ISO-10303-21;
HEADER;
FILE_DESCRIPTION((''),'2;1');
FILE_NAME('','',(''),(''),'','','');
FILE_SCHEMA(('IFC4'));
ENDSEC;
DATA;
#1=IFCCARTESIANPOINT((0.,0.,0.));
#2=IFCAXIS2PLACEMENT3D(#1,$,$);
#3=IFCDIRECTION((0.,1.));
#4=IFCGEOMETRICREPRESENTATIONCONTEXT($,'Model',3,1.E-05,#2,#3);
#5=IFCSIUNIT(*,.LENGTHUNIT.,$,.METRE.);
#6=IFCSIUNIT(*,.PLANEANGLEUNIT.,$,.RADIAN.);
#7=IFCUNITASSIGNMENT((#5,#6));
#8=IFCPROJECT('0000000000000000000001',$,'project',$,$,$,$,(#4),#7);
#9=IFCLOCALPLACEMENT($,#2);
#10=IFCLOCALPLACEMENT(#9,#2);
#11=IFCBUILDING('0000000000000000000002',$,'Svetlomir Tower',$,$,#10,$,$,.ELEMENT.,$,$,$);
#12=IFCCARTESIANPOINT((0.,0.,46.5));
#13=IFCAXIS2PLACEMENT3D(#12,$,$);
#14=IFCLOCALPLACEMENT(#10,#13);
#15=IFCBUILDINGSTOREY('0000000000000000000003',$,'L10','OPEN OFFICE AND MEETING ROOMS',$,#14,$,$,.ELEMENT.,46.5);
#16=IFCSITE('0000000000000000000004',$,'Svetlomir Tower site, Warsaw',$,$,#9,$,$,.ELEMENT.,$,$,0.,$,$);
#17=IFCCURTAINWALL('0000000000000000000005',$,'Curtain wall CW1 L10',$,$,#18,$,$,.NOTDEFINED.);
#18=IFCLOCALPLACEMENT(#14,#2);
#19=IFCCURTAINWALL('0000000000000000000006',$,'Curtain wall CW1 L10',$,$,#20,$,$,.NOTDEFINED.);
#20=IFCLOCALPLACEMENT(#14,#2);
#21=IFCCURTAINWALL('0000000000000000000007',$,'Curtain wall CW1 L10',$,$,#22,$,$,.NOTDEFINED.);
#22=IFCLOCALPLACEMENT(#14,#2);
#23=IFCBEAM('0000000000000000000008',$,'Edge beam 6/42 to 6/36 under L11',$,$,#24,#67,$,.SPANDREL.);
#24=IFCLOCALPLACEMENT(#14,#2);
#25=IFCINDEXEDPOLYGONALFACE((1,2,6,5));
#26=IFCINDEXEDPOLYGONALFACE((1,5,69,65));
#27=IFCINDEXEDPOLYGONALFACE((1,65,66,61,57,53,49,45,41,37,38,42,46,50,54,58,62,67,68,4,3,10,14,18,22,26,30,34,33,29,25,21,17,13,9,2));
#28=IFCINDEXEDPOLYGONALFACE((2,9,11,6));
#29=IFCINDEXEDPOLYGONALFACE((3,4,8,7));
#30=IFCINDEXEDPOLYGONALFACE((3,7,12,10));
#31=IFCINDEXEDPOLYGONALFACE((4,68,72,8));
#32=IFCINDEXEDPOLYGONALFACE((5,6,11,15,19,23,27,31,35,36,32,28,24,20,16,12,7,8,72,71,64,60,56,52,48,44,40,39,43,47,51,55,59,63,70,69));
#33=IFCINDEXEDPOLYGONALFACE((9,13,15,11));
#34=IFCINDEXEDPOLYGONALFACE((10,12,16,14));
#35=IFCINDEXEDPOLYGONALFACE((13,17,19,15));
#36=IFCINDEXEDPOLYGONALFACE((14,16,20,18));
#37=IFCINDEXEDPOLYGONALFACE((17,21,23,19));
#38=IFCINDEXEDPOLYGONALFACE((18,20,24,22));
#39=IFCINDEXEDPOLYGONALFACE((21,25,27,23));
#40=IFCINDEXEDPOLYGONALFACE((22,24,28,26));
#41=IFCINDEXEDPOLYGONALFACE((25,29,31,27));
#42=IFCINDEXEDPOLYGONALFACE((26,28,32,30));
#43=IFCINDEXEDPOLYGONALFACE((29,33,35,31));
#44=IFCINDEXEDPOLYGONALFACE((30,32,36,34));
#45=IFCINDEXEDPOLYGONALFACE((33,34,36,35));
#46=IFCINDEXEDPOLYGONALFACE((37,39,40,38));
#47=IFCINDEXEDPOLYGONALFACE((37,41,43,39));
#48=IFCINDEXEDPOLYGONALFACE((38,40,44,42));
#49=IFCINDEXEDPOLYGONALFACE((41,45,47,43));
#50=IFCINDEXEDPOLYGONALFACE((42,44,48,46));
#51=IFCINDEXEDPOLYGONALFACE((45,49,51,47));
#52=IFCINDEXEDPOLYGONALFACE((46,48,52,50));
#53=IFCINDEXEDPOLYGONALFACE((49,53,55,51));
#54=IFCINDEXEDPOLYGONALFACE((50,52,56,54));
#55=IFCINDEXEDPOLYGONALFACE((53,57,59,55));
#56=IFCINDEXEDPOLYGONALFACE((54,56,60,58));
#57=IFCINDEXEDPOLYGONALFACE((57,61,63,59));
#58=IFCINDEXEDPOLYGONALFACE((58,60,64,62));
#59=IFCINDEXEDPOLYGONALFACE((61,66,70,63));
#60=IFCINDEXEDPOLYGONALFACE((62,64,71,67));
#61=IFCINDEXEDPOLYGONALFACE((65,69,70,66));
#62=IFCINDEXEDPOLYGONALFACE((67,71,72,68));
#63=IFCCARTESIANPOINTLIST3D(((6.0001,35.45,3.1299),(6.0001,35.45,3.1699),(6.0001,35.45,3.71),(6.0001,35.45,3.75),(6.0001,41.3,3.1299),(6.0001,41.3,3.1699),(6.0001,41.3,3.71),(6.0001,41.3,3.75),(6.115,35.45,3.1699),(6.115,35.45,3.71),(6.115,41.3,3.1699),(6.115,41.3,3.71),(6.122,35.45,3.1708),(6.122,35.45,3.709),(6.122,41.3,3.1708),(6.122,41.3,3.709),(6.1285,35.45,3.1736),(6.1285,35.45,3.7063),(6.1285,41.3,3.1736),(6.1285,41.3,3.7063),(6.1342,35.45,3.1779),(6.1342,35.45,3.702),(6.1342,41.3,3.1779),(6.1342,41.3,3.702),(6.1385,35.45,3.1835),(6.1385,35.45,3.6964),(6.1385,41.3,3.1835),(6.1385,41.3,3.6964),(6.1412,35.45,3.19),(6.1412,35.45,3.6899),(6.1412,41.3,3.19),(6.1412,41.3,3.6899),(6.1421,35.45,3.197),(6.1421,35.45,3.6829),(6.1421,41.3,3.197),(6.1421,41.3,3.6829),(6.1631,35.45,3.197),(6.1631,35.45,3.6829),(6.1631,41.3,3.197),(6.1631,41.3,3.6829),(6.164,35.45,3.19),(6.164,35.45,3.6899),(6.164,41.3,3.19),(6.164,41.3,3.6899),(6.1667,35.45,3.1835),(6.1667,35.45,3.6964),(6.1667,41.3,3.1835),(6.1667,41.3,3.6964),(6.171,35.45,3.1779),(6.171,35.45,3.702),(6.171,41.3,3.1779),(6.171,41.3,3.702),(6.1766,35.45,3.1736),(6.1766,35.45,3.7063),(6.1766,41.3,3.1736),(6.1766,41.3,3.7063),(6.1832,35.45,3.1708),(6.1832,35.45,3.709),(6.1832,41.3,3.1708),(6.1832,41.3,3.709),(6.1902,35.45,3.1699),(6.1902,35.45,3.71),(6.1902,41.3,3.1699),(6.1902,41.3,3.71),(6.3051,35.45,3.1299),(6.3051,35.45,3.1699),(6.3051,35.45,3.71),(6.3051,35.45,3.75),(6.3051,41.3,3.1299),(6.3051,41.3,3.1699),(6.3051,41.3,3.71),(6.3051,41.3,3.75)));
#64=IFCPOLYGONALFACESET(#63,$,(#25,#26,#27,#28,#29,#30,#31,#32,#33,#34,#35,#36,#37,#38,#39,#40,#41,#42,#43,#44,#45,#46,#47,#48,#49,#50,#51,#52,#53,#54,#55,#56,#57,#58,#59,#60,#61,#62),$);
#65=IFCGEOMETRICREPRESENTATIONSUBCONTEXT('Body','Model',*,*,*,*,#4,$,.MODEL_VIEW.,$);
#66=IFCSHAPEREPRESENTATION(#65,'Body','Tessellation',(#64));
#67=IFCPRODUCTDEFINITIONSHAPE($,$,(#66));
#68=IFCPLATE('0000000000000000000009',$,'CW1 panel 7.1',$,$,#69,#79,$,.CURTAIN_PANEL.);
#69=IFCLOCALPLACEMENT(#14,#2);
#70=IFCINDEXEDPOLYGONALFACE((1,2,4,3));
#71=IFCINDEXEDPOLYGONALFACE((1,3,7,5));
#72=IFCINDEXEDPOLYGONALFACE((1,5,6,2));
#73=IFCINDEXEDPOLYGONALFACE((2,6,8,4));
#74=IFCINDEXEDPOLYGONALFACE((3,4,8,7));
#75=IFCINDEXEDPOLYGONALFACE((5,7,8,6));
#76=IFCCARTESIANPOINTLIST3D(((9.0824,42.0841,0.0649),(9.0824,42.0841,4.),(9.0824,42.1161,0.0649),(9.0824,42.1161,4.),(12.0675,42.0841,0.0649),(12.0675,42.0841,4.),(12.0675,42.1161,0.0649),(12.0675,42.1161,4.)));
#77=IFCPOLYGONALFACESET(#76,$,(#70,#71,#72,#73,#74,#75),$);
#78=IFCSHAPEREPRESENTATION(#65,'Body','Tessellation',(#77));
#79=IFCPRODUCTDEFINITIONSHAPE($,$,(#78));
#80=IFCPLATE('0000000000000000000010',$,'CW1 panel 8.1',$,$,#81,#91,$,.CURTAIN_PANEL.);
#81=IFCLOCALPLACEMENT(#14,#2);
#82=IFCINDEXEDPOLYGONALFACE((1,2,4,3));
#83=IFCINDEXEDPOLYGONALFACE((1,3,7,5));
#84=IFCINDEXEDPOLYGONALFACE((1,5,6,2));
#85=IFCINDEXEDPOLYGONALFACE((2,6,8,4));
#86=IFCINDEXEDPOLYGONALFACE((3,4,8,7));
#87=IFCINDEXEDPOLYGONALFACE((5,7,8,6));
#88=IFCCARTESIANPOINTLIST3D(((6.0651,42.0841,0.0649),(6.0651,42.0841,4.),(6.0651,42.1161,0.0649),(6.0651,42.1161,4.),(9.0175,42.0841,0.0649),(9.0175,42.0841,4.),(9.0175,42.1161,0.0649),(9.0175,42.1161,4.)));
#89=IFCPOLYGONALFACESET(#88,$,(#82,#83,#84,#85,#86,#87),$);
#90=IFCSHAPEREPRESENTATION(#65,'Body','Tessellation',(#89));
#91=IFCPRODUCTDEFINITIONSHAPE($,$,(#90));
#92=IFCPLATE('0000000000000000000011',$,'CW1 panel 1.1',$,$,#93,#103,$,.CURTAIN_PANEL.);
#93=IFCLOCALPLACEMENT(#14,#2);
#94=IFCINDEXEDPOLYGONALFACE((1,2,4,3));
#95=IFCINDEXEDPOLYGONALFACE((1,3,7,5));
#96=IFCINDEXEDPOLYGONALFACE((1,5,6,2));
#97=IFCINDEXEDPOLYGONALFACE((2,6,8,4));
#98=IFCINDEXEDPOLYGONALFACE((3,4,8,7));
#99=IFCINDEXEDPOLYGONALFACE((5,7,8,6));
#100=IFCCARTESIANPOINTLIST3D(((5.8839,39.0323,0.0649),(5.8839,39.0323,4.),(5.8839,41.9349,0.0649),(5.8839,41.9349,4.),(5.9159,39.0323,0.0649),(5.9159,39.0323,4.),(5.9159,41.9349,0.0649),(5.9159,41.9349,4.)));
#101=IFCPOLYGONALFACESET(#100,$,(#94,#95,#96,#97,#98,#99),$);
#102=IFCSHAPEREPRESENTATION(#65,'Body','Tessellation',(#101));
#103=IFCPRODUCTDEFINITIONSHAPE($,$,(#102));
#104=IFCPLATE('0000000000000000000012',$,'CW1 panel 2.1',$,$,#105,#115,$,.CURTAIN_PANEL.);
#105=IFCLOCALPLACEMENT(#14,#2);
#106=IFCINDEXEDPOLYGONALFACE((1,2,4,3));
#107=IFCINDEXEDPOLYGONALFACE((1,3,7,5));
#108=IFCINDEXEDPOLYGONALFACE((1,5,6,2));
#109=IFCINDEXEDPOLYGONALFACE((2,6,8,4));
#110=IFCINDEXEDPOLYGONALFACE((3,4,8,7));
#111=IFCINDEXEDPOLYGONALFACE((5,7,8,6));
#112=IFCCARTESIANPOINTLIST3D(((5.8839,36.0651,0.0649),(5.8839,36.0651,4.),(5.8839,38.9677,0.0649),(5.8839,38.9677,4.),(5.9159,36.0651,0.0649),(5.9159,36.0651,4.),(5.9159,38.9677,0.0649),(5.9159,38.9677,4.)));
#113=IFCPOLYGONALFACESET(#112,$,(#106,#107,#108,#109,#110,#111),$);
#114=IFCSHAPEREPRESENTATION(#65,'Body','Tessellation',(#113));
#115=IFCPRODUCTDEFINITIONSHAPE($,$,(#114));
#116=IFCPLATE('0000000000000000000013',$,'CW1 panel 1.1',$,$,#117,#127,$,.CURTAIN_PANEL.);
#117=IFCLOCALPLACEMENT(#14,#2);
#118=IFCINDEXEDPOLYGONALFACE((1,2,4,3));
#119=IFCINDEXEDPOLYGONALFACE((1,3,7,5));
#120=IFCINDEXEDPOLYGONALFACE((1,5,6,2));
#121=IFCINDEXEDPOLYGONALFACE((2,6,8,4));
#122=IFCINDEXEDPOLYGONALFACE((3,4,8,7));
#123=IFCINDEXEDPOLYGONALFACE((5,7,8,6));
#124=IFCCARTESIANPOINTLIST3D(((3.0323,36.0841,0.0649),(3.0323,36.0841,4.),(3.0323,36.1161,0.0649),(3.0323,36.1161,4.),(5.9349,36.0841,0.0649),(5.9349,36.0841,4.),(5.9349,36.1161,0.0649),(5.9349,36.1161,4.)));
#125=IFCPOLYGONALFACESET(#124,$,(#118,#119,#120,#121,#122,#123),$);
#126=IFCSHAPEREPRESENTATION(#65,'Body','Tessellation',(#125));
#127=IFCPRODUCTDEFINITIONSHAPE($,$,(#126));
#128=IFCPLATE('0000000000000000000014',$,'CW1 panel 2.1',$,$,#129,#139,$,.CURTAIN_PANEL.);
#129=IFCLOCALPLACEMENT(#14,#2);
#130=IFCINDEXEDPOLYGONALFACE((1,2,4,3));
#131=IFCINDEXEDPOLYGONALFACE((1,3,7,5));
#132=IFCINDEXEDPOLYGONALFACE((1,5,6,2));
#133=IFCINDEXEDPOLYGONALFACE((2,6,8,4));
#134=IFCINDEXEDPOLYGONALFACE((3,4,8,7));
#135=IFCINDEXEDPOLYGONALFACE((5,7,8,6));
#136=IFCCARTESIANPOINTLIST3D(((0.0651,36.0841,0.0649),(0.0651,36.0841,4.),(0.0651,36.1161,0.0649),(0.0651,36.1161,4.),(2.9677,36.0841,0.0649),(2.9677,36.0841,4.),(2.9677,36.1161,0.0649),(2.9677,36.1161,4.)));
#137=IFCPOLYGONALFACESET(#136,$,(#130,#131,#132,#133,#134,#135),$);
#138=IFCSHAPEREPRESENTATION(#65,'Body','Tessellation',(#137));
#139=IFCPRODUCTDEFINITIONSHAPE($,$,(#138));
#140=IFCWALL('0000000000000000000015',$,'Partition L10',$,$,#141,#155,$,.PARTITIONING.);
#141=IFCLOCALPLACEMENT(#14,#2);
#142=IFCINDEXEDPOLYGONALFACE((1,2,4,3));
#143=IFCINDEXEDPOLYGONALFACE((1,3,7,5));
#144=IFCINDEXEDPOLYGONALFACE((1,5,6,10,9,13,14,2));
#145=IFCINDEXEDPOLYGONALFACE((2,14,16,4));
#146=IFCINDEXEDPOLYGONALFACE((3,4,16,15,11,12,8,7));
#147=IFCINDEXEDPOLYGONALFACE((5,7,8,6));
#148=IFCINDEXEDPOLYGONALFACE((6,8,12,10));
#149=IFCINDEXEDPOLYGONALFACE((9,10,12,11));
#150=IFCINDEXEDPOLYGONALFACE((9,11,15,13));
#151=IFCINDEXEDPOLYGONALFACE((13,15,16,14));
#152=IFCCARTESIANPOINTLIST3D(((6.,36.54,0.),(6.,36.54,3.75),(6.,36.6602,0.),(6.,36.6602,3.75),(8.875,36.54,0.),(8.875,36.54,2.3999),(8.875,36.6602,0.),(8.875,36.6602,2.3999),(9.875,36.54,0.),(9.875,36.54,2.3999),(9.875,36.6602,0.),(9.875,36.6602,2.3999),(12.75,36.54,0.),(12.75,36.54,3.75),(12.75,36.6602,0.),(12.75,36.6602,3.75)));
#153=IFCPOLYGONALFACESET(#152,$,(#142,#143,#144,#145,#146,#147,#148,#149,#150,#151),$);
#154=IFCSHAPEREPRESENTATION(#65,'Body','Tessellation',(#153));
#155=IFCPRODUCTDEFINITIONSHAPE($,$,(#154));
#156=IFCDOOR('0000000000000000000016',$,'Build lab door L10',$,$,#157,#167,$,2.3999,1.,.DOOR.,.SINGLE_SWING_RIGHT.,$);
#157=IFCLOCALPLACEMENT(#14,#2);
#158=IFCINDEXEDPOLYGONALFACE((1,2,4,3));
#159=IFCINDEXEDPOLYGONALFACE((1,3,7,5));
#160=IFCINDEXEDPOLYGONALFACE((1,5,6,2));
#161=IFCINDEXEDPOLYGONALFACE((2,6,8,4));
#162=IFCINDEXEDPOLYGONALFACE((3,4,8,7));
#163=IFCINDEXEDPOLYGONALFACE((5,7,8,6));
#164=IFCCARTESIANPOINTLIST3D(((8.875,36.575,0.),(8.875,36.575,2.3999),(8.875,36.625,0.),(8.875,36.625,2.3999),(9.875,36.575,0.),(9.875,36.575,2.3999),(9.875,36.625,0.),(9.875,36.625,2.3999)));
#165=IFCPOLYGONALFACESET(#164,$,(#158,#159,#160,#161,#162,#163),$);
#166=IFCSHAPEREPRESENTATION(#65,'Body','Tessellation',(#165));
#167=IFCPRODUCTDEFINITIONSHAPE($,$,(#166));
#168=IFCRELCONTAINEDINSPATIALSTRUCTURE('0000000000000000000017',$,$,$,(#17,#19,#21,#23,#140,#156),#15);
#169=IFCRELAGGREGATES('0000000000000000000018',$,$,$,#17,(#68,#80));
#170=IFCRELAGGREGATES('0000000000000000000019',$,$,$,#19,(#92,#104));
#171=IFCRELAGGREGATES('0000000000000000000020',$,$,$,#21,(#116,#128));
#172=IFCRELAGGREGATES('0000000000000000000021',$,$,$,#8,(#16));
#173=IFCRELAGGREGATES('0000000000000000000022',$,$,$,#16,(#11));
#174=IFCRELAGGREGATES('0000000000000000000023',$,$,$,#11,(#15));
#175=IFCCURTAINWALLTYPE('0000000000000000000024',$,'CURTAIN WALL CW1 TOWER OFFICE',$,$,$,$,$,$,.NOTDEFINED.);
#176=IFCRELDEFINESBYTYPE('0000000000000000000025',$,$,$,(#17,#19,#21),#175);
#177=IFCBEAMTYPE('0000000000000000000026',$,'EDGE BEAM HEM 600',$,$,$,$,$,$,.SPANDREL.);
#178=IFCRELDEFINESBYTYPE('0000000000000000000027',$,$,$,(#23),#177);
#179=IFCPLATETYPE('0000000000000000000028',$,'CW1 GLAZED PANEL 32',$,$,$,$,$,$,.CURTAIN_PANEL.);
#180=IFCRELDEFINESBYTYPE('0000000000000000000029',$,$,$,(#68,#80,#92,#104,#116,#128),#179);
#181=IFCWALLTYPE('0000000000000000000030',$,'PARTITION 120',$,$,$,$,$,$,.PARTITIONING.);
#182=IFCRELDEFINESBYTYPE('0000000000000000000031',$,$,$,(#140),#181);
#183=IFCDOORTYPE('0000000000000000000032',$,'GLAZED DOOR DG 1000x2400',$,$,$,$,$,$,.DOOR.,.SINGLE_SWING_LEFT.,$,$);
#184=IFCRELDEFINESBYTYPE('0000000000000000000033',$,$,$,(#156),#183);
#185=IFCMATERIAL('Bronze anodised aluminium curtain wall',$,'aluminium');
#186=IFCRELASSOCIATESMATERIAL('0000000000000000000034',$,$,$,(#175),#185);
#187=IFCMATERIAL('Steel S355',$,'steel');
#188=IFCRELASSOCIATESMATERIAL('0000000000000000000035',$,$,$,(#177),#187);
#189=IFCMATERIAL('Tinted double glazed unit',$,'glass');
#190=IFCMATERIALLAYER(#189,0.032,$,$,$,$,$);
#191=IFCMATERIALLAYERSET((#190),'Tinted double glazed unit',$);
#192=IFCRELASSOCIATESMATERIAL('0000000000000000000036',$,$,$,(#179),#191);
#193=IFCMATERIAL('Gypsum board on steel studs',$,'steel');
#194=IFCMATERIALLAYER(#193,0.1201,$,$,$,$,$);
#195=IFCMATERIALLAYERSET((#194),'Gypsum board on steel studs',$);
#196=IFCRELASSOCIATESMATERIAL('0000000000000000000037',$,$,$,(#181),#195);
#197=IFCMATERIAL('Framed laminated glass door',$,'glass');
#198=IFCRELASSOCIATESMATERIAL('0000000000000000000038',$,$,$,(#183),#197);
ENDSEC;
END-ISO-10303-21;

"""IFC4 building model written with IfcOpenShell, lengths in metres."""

from ifc_helpers import new_model, si_unit, direction, frame, frame_2d, origin, origin_2d, place, context, subcontext, project, spatial, rectangle, i_section, extrude, material, layer, layer_set, material_profile, profile_set, type_object, element, fill, aggregate, save


model = new_model("IFC4")

# Units and contexts
model_context = context("Model", 3, precision=1e-05, world=origin(), true_north=direction((0.0, 1.0)))
body_context = subcontext(model_context, "Body", "Model", "MODEL_VIEW")
ifc_project = project(units=[si_unit("LENGTHUNIT", "METRE"), si_unit("PLANEANGLEUNIT", "RADIAN")], contexts=[model_context])

# Site, building, storey
site_placement = place(None, origin())
site = spatial("IfcSite", under=ifc_project, at=site_placement, Name="Svetlomir Tower site, Warsaw", CompositionType="ELEMENT", RefElevation=0.0)
building_placement = place(site_placement, origin())
building = spatial("IfcBuilding", under=site, at=building_placement, Name="Svetlomir Tower", CompositionType="ELEMENT")
storey_placement = place(building_placement, frame((0.0, 0.0, 46.5)))
storey = spatial("IfcBuildingStorey", under=building, at=storey_placement, Name="L10", Description="OPEN OFFICE AND MEETING ROOMS", CompositionType="ELEMENT", Elevation=46.5)

# Curtain walls
ifc_material_1 = material(Name="Bronze anodised aluminium curtain wall", Category="aluminium")
curtain_wall_type = type_object("IfcCurtainWallType", Name="CURTAIN WALL CW1 TOWER OFFICE", PredefinedType="NOTDEFINED", material=ifc_material_1)
curtain_wall_1_placement = place(storey_placement, origin())
curtain_wall_1 = element("IfcCurtainWall", 1, at=curtain_wall_1_placement, inside=storey, type_object=curtain_wall_type, Name="Curtain wall CW1 L10", PredefinedType="NOTDEFINED")
curtain_wall_2_placement = place(storey_placement, origin())
curtain_wall_2 = element("IfcCurtainWall", 2, at=curtain_wall_2_placement, inside=storey, type_object=curtain_wall_type, Name="Curtain wall CW1 L10", PredefinedType="NOTDEFINED")
curtain_wall_3_placement = place(storey_placement, origin())
curtain_wall_3 = element("IfcCurtainWall", 3, at=curtain_wall_3_placement, inside=storey, type_object=curtain_wall_type, Name="Curtain wall CW1 L10", PredefinedType="NOTDEFINED")

# Beam
ifc_material_2 = material(Name="Steel S355", Category="steel")
ifc_material_profile_1 = material_profile(ifc_material_2, i_section(OverallWidth=0.3049, OverallDepth=0.6201, WebThickness=0.021, FlangeThickness=0.04, FilletRadius=0.0271, at=origin_2d()), Name="HEM 600")
ifc_profile_set_1 = profile_set([ifc_material_profile_1], Name="Steel S355")
beam_type = type_object("IfcBeamType", Name="EDGE BEAM HEM 600", PredefinedType="SPANDREL", material=ifc_profile_set_1)
beam_1_placement = place(storey_placement, frame((6.1526, 41.3, 3.4399), z_axis=(0.0, -1.0, 0.0), x_axis=(1.0, 0.0, 0.0)))
element("IfcBeam", 4, at=beam_1_placement, inside=storey, type_object=beam_type, Name="Edge beam 6/42 to 6/36 under L11", PredefinedType="SPANDREL", context=body_context, shape_type="SweptSolid", body=[
    extrude(i_section(OverallWidth=0.3049, OverallDepth=0.6201, WebThickness=0.021, FlangeThickness=0.04, FilletRadius=0.0271, at=origin_2d()), origin(), (0.0, 0.0, 1.0), 5.8501),
])

# Plates
ifc_material_3 = material(Name="Tinted double glazed unit", Category="glass")
ifc_layer_1 = layer(ifc_material_3, 0.032)
ifc_layer_set_1 = layer_set([ifc_layer_1], Name="Tinted double glazed unit")
plate_type = type_object("IfcPlateType", Name="CW1 GLAZED PANEL 32", PredefinedType="CURTAIN_PANEL", material=ifc_layer_set_1)
plate_1_placement = place(storey_placement, frame((10.575, 42.1001, 0.0649), z_axis=(0.0, 0.0, 1.0), x_axis=(-1.0, 0.0, 0.0)))
plate_1 = element("IfcPlate", 5, at=plate_1_placement, type_object=plate_type, Name="CW1 panel 7.1", PredefinedType="CURTAIN_PANEL", context=body_context, shape_type="SweptSolid", body=[
    extrude(rectangle(XDim=2.9851, YDim=0.032, at=origin_2d()), origin(), (0.0, 0.0, 1.0), 3.9351),
])
plate_2_placement = place(storey_placement, frame((7.5413, 42.1001, 0.0649), z_axis=(0.0, 0.0, 1.0), x_axis=(-1.0, 0.0, 0.0)))
plate_2 = element("IfcPlate", 6, at=plate_2_placement, type_object=plate_type, Name="CW1 panel 8.1", PredefinedType="CURTAIN_PANEL", context=body_context, shape_type="SweptSolid", body=[
    extrude(rectangle(XDim=2.9524, YDim=0.032, at=origin_2d()), origin(), (0.0, 0.0, 1.0), 3.9351),
])
aggregate(curtain_wall_1, [plate_1, plate_2])
plate_3_placement = place(storey_placement, frame((5.8999, 40.4836, 0.0649), z_axis=(0.0, 0.0, 1.0), x_axis=(0.0, -1.0, 0.0)))
plate_3 = element("IfcPlate", 7, at=plate_3_placement, type_object=plate_type, Name="CW1 panel 1.1", PredefinedType="CURTAIN_PANEL", context=body_context, shape_type="SweptSolid", body=[
    extrude(rectangle(XDim=2.9026, YDim=0.032, at=origin_2d()), origin(), (0.0, 0.0, 1.0), 3.9351),
])
plate_4_placement = place(storey_placement, frame((5.8999, 37.5164, 0.0649), z_axis=(0.0, 0.0, 1.0), x_axis=(0.0, -1.0, 0.0)))
plate_4 = element("IfcPlate", 8, at=plate_4_placement, type_object=plate_type, Name="CW1 panel 2.1", PredefinedType="CURTAIN_PANEL", context=body_context, shape_type="SweptSolid", body=[
    extrude(rectangle(XDim=2.9026, YDim=0.032, at=origin_2d()), origin(), (0.0, 0.0, 1.0), 3.9351),
])
aggregate(curtain_wall_2, [plate_3, plate_4])
plate_5_placement = place(storey_placement, frame((4.4836, 36.1001, 0.0649), z_axis=(0.0, 0.0, 1.0), x_axis=(-1.0, 0.0, 0.0)))
plate_5 = element("IfcPlate", 9, at=plate_5_placement, type_object=plate_type, Name="CW1 panel 1.1", PredefinedType="CURTAIN_PANEL", context=body_context, shape_type="SweptSolid", body=[
    extrude(rectangle(XDim=2.9026, YDim=0.032, at=origin_2d()), origin(), (0.0, 0.0, 1.0), 3.9351),
])
plate_6_placement = place(storey_placement, frame((1.5164, 36.1001, 0.0649), z_axis=(0.0, 0.0, 1.0), x_axis=(-1.0, 0.0, 0.0)))
plate_6 = element("IfcPlate", 10, at=plate_6_placement, type_object=plate_type, Name="CW1 panel 2.1", PredefinedType="CURTAIN_PANEL", context=body_context, shape_type="SweptSolid", body=[
    extrude(rectangle(XDim=2.9026, YDim=0.032, at=origin_2d()), origin(), (0.0, 0.0, 1.0), 3.9351),
])
aggregate(curtain_wall_3, [plate_5, plate_6])

# Wall, opening, door
ifc_material_4 = material(Name="Gypsum board on steel studs", Category="steel")
ifc_layer_2 = layer(ifc_material_4, 0.1201)
ifc_layer_set_2 = layer_set([ifc_layer_2], Name="Gypsum board on steel studs")
wall_type = type_object("IfcWallType", Name="PARTITION 120", PredefinedType="PARTITIONING", material=ifc_layer_set_2)
wall_placement = place(storey_placement, frame((6.0, 36.6001, 0.0), z_axis=(0.0, 0.0, 1.0), x_axis=(1.0, 0.0, 0.0)))
wall = element("IfcWall", 11, at=wall_placement, inside=storey, type_object=wall_type, Name="Partition L10", PredefinedType="PARTITIONING", context=body_context, shape_type="SweptSolid", body=[
    extrude(rectangle(XDim=6.75, YDim=0.1201, at=frame_2d((3.375, 0.0))), origin(), (0.0, 0.0, 1.0), 3.75),
])
opening_placement = place(wall_placement, frame((2.875, 0.0, 0.0)))
opening = element("IfcOpeningElement", 12, at=opening_placement, cuts=wall, PredefinedType="OPENING", context=body_context, shape_type="SweptSolid", body=[
    extrude(rectangle(XDim=1.0, YDim=2.3999, at=frame_2d((0.5, 1.2))), frame((0.0, 0.0701, 0.0), z_axis=(0.0, -1.0, 0.0), x_axis=(1.0, 0.0, 0.0)), (0.0, 0.0, 1.0), 0.1401),
])
ifc_material_5 = material(Name="Framed laminated glass door", Category="glass")
door_type = type_object("IfcDoorType", Name="GLAZED DOOR DG 1000x2400", OperationType="SINGLE_SWING_LEFT", PredefinedType="DOOR", material=ifc_material_5)
door_placement = place(opening_placement, origin())
door = element("IfcDoor", 13, at=door_placement, inside=storey, type_object=door_type, Name="Build lab door L10", OperationType="SINGLE_SWING_RIGHT", OverallHeight=2.3999, OverallWidth=1.0, PredefinedType="DOOR", context=body_context, shape_type="SweptSolid", body=[
    extrude(rectangle(XDim=1.0, YDim=2.3999, at=frame_2d((0.5, 1.2))), frame((0.0, 0.0249, 0.0), z_axis=(0.0, -1.0, 0.0), x_axis=(1.0, 0.0, 0.0)), (0.0, 0.0, 1.0), 0.05),
])
fill(opening, door)

save(model, "model.ifc")
